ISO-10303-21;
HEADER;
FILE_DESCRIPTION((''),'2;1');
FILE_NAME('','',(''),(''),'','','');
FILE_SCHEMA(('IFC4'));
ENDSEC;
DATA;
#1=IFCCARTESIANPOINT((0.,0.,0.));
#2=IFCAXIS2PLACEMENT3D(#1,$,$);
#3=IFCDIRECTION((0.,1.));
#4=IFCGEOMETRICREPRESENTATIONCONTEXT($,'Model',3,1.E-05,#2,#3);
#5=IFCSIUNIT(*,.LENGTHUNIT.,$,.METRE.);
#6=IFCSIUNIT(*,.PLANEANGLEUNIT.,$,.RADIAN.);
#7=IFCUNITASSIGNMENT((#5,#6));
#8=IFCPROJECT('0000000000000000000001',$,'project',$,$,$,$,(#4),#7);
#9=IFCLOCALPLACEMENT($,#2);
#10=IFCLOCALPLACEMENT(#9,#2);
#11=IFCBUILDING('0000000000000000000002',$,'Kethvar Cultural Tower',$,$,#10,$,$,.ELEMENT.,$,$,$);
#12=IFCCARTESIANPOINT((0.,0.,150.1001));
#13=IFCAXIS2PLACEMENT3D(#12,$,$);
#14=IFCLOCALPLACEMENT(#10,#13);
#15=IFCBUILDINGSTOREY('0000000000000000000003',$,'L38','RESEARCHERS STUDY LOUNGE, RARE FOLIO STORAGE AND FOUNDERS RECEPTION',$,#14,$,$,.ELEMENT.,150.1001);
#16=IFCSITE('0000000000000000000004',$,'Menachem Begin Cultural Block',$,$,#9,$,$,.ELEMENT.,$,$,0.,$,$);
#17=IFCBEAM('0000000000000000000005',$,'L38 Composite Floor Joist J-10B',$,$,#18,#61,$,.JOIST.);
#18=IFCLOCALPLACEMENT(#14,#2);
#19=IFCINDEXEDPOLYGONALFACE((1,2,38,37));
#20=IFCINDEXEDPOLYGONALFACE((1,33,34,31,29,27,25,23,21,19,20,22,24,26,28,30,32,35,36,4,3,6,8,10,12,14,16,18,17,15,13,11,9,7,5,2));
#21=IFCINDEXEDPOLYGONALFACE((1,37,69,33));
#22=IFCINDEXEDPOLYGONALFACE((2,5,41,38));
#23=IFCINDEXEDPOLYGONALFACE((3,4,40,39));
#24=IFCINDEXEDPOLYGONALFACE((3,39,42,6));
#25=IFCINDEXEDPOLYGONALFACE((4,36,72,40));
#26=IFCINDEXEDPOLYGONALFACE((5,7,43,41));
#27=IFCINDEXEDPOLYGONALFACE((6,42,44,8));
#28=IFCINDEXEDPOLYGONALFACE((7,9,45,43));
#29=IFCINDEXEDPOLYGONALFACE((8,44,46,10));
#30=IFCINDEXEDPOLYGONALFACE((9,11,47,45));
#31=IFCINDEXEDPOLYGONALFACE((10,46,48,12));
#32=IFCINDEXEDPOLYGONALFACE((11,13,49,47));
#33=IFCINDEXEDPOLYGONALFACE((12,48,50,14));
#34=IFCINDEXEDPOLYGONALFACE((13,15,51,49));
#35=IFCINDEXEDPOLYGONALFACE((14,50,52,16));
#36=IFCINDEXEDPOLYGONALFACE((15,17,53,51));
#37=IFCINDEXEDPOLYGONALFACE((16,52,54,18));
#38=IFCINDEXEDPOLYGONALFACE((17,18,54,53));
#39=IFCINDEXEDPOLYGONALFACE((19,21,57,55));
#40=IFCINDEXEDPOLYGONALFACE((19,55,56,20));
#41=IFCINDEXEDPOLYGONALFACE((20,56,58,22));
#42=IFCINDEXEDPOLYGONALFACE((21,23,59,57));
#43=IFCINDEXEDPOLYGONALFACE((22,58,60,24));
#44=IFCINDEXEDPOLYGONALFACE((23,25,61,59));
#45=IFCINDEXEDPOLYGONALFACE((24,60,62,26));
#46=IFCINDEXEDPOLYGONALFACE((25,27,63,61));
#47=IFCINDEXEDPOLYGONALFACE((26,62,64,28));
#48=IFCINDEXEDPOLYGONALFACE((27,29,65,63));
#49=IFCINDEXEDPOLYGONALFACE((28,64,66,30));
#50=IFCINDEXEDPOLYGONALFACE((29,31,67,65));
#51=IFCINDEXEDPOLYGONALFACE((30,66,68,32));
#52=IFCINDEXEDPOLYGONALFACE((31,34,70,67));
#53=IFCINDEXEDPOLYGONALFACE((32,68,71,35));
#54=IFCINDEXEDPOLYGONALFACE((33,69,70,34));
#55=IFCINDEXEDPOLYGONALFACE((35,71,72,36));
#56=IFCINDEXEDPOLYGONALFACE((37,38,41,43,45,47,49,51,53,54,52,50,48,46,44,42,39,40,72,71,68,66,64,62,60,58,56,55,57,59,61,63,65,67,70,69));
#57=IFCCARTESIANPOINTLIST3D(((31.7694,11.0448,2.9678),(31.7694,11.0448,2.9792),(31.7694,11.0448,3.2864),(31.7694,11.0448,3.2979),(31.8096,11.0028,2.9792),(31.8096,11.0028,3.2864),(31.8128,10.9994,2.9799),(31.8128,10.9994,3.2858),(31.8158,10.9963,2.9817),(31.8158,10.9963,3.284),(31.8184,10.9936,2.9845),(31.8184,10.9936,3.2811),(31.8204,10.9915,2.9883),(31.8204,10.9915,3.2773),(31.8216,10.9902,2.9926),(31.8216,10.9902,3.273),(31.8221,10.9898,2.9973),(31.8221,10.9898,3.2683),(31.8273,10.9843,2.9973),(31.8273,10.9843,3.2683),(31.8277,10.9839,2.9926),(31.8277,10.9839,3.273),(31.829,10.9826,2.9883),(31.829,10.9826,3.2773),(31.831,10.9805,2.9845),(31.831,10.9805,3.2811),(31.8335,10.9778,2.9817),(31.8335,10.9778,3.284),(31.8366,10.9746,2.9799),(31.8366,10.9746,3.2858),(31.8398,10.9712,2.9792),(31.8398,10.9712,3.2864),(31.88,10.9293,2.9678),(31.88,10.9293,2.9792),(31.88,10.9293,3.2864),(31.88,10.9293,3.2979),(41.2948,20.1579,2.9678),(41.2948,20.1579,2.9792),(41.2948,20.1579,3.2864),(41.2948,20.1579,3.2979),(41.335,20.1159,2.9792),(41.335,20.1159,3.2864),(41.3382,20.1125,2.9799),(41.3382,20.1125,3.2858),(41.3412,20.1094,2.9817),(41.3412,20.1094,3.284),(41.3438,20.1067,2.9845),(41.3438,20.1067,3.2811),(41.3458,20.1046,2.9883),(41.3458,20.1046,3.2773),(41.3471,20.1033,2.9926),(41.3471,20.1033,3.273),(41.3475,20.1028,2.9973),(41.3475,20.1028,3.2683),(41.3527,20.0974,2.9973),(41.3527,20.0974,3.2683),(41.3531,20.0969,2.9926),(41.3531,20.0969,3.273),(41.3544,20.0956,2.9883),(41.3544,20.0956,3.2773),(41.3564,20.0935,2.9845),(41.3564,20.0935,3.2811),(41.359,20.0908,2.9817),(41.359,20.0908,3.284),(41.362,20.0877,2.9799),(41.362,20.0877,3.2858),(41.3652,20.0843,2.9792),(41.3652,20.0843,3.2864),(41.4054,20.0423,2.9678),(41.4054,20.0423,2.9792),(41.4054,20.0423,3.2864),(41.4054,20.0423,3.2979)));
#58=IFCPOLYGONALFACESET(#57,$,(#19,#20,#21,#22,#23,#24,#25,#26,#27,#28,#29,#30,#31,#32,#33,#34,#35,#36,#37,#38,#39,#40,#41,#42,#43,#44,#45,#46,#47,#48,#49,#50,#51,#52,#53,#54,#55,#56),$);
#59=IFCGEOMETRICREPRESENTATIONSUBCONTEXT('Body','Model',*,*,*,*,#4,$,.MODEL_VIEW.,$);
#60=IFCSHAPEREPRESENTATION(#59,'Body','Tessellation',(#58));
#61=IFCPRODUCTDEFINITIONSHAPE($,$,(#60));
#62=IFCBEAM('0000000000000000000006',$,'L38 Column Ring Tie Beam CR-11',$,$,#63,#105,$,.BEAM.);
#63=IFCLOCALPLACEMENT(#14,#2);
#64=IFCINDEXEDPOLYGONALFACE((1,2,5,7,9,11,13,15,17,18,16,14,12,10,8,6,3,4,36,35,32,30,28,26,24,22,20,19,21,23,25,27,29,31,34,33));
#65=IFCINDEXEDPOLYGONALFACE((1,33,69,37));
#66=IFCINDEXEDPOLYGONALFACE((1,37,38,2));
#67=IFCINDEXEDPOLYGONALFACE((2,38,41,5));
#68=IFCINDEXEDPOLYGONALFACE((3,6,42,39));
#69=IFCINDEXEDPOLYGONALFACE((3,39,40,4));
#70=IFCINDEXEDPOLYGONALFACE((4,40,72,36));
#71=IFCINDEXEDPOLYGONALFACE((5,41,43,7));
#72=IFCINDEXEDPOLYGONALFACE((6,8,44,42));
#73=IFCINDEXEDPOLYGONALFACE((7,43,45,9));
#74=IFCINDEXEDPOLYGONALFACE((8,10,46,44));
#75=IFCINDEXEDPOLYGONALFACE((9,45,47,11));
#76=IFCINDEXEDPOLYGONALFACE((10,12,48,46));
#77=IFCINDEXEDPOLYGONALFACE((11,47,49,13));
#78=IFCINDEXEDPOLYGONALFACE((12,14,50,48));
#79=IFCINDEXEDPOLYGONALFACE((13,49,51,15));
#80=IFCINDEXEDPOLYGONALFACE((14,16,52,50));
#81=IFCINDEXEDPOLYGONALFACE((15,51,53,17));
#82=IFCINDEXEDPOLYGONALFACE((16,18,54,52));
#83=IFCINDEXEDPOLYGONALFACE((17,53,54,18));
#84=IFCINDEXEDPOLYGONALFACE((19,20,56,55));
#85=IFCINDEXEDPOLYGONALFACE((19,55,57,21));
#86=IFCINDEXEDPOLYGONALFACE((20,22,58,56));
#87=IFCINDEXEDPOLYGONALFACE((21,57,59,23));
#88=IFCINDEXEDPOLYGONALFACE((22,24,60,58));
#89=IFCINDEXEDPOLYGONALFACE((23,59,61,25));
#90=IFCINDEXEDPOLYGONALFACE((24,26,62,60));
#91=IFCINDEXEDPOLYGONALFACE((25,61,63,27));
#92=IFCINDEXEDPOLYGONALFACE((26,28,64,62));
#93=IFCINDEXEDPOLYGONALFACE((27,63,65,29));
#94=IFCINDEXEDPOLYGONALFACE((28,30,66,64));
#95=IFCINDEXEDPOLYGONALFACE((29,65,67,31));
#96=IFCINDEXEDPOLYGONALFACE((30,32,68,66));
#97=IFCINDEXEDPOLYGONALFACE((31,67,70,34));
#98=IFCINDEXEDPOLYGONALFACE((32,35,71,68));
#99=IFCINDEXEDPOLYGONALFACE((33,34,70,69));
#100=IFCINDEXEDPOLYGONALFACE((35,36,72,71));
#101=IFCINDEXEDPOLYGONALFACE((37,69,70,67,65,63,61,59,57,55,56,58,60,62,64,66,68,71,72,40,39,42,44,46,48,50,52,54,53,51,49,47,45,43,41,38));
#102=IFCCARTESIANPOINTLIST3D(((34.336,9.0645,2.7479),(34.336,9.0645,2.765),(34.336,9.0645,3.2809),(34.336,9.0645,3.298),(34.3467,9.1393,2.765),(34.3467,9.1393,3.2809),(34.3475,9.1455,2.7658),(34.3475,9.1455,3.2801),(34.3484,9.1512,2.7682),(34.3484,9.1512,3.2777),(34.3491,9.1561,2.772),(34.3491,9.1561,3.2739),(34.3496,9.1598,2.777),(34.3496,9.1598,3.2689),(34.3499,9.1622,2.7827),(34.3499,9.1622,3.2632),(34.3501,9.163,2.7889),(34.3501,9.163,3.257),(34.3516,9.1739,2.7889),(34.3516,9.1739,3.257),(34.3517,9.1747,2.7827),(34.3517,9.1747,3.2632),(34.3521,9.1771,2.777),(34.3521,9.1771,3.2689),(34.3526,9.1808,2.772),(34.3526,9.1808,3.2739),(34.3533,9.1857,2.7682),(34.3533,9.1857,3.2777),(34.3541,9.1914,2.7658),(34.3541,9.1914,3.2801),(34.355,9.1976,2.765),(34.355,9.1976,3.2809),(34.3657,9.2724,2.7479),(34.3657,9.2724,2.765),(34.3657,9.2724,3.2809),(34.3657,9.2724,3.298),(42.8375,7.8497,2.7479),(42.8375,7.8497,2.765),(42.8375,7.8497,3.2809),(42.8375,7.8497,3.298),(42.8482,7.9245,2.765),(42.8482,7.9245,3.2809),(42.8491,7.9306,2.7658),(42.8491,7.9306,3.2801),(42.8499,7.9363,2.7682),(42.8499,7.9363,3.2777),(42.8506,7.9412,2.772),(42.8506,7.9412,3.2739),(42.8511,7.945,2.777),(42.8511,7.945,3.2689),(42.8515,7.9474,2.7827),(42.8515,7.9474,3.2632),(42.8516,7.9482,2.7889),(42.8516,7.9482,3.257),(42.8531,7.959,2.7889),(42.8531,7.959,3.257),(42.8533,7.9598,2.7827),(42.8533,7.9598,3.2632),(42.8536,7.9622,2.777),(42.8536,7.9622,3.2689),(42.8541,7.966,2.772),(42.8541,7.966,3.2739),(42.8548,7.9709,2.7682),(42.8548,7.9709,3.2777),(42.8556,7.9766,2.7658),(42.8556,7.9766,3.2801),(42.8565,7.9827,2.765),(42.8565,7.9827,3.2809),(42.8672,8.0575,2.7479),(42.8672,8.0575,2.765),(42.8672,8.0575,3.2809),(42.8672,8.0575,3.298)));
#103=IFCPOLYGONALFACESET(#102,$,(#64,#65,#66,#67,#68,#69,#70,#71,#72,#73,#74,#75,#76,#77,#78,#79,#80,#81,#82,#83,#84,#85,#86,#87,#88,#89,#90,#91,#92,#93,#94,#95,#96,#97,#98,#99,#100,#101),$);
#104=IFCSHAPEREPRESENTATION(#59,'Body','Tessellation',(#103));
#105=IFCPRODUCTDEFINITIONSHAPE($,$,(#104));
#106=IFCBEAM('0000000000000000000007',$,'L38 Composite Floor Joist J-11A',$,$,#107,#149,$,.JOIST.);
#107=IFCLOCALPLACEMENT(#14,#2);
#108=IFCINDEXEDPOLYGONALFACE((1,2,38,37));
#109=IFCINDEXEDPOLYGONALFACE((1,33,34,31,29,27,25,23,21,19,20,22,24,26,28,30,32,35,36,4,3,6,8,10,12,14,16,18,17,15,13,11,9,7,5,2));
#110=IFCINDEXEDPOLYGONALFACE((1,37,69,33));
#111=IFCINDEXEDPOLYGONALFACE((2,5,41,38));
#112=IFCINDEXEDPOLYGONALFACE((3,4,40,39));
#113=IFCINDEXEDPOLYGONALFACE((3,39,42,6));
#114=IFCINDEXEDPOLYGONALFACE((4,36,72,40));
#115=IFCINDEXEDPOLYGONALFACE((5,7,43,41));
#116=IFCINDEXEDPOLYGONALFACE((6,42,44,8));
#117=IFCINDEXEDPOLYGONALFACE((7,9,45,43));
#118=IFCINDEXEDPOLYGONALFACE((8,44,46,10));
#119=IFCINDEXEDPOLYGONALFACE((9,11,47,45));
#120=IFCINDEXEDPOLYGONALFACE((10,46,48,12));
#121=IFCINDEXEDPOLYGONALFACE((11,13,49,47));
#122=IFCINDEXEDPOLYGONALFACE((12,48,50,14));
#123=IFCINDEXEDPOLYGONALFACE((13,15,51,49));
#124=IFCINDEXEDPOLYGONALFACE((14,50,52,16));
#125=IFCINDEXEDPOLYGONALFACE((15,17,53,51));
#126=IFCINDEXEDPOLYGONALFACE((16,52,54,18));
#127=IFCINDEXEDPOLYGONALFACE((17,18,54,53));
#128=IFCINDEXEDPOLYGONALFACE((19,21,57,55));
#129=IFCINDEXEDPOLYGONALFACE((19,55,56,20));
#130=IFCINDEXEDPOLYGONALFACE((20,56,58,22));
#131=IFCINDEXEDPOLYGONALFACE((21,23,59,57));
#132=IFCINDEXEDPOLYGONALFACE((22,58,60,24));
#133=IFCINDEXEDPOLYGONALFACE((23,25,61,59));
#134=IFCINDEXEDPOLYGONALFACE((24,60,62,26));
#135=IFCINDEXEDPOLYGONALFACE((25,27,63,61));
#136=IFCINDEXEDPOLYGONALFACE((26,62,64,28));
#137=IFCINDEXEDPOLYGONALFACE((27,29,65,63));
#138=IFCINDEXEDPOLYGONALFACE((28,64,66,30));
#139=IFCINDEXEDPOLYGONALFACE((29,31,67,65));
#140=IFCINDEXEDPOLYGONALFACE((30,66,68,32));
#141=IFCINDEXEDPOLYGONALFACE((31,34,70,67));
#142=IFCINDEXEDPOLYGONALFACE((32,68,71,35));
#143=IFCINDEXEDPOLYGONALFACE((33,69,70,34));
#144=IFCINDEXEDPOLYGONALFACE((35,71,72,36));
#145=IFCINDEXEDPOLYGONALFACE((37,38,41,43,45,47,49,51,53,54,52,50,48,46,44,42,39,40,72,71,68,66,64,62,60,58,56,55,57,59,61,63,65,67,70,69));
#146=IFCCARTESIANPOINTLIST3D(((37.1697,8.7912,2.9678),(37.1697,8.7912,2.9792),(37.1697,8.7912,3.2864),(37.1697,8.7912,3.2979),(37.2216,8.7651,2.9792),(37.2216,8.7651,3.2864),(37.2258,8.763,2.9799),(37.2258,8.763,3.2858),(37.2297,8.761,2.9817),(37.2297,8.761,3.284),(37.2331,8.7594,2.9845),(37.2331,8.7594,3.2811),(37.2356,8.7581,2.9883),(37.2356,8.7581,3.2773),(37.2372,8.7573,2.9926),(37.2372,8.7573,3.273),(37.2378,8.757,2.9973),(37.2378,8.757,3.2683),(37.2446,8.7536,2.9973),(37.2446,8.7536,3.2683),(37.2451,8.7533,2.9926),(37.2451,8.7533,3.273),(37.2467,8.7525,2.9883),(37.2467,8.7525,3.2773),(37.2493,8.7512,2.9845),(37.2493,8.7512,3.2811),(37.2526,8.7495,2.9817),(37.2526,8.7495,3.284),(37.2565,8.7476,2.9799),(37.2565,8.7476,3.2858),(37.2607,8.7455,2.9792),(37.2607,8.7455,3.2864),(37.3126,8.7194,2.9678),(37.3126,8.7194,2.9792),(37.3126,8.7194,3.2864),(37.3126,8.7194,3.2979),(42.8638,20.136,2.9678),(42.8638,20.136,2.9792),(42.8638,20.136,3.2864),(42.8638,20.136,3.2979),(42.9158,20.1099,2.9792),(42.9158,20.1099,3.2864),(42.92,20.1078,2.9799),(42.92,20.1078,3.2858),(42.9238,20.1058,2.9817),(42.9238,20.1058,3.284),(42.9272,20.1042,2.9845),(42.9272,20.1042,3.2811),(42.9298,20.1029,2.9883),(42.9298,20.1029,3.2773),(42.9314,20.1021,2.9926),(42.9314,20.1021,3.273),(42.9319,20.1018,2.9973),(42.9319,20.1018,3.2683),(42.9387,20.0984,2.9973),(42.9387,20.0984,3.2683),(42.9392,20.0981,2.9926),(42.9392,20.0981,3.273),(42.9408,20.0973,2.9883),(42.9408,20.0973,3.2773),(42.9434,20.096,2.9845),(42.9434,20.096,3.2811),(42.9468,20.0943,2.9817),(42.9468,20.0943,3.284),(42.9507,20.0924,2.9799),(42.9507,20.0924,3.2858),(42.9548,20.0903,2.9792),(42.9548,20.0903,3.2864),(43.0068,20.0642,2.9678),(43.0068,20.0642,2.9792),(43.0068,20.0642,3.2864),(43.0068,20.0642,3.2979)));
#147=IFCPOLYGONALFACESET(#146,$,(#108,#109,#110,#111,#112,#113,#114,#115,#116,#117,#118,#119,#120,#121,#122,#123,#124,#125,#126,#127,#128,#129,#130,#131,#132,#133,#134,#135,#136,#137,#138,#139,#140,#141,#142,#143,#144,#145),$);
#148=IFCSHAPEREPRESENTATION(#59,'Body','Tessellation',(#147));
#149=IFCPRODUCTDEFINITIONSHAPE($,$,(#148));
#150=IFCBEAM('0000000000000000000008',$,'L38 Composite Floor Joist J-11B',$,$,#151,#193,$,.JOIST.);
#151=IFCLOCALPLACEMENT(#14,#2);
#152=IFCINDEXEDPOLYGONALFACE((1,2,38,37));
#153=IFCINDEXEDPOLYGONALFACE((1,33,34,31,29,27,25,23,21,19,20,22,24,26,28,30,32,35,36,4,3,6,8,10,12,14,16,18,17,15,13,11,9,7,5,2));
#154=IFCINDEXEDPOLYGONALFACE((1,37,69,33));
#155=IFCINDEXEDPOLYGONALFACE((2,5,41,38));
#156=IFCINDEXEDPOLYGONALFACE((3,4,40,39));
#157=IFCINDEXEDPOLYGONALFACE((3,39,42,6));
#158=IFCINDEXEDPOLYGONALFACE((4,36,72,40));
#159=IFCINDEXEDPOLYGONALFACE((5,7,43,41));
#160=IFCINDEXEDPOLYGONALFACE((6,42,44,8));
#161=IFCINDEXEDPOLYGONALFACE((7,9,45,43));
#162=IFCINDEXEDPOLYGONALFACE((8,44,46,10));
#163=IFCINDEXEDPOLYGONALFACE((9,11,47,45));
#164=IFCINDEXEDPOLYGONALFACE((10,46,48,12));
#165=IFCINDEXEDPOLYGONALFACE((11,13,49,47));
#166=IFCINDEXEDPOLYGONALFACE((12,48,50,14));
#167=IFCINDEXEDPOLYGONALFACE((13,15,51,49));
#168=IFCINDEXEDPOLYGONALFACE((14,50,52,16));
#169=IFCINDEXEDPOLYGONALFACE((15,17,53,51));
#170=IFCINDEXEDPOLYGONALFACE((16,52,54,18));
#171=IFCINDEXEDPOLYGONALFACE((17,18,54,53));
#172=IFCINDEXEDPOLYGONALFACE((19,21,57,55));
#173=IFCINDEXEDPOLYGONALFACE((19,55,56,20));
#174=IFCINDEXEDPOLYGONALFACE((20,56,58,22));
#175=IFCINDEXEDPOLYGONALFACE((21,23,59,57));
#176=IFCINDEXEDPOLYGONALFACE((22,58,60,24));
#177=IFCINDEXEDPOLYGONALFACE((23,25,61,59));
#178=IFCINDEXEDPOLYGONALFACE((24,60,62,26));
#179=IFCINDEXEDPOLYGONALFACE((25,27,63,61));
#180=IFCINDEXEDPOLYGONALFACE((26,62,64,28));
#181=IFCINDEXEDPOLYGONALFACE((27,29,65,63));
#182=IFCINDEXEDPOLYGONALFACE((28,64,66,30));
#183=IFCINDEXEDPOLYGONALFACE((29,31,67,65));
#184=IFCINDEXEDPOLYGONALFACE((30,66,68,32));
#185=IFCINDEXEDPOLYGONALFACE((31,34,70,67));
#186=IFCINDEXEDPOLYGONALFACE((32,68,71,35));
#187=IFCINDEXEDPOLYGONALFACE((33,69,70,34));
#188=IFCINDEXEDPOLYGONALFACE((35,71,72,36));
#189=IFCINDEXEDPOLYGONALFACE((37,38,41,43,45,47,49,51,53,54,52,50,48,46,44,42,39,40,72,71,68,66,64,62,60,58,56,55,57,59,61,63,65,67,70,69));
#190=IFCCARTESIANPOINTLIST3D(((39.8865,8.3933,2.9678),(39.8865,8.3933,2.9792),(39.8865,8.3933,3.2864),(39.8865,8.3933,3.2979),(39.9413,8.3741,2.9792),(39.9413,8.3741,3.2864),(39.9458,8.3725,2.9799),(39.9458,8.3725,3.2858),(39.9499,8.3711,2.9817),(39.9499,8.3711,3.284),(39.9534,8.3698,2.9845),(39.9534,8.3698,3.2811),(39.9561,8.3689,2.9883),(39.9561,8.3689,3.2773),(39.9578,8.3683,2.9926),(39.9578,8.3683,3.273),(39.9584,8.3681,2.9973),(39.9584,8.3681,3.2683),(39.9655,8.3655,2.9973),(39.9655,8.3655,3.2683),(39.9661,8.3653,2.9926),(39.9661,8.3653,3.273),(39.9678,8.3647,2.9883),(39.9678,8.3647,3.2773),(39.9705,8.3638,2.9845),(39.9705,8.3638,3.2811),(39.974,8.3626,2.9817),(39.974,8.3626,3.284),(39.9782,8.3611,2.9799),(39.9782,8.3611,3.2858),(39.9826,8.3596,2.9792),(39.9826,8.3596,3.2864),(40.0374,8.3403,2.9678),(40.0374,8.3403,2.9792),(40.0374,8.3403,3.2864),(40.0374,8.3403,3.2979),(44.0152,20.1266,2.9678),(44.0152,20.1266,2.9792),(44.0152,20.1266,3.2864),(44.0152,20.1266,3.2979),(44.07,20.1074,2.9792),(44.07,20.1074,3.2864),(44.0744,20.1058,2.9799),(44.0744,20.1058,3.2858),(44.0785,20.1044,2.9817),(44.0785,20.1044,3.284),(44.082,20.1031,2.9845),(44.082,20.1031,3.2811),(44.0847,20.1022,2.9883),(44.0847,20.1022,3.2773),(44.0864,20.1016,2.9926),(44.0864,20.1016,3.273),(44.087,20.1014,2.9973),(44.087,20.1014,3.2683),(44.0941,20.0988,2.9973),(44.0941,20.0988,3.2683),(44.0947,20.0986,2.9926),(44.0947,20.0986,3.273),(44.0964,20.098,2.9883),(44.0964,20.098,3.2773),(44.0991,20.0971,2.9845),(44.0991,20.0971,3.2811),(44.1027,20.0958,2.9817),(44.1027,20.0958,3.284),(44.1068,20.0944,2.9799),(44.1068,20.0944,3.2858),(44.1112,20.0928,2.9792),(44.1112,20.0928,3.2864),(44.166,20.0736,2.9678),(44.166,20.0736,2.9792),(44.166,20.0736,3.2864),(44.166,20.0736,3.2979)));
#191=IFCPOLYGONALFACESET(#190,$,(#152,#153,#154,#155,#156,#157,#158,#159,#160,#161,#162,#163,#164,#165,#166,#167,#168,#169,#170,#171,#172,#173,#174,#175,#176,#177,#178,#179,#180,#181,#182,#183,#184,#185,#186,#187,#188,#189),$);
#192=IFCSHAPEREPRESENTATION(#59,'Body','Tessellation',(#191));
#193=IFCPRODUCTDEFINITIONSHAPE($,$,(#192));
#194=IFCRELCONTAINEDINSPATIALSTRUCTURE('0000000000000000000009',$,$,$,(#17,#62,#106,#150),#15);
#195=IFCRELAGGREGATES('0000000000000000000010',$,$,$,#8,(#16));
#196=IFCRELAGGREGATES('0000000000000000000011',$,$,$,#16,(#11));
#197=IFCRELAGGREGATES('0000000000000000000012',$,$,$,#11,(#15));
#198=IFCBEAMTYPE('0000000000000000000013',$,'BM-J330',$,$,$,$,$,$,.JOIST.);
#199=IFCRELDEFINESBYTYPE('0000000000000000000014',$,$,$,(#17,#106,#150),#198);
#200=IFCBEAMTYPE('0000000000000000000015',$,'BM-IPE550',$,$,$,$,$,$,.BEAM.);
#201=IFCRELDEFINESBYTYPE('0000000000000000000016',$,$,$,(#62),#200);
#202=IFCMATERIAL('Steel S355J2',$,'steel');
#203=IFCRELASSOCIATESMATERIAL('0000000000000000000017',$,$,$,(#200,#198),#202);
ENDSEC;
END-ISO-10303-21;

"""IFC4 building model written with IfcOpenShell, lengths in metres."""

from ifc_helpers import new_model, si_unit, direction, frame, origin, origin_2d, place, context, subcontext, project, spatial, i_section, extrude, source, transform, mapped, material, material_profile, profile_set, type_object, element, save


model = new_model("IFC4")

# Units and contexts
model_context = context("Model", 3, precision=1e-05, world=origin(), true_north=direction((0.0, 1.0)))
body_context = subcontext(model_context, "Body", "Model", "MODEL_VIEW")
ifc_project = project(units=[si_unit("LENGTHUNIT", "METRE"), si_unit("PLANEANGLEUNIT", "RADIAN")], contexts=[model_context])

# Site, building, storey
site_placement = place(None, origin())
site = spatial("IfcSite", under=ifc_project, at=site_placement, Name="Menachem Begin Cultural Block", CompositionType="ELEMENT", RefElevation=0.0)
building_placement = place(site_placement, origin())
building = spatial("IfcBuilding", under=site, at=building_placement, Name="Kethvar Cultural Tower", CompositionType="ELEMENT")
storey_placement = place(building_placement, frame((0.0, 0.0, 150.1001)))
storey = spatial("IfcBuildingStorey", under=building, at=storey_placement, Name="L38", Description="RESEARCHERS STUDY LOUNGE, RARE FOLIO STORAGE AND FOUNDERS RECEPTION", CompositionType="ELEMENT", Elevation=150.1001)

# Beams
ifc_material_1 = material(Name="Steel S355J2", Category="steel")
ifc_material_profile_1 = material_profile(ifc_material_1, i_section(OverallWidth=0.21, OverallDepth=0.55, WebThickness=0.011, FlangeThickness=0.0171, FilletRadius=0.0239, at=origin_2d()), Name="Steel S355J2 — IPE550")
ifc_profile_set_1 = profile_set([ifc_material_profile_1], Name="Steel S355J2 — IPE550")
beam_type_1 = type_object("IfcBeamType", Name="BM-IPE550", PredefinedType="BEAM", material=ifc_profile_set_1)
ifc_material_profile_2 = material_profile(ifc_material_1, i_section(OverallWidth=0.1599, OverallDepth=0.3301, WebThickness=0.0076, FlangeThickness=0.0115, FilletRadius=0.0181, at=origin_2d()), Name="Steel S355J2 — IPE330")
ifc_profile_set_2 = profile_set([ifc_material_profile_2], Name="Steel S355J2 — IPE330")
beam_type_2 = type_object("IfcBeamType", Name="BM-J330", PredefinedType="JOIST", material=ifc_profile_set_2)
shared_shape_1 = source(origin(), body_context, "Body", "SweptSolid", [
    extrude(i_section(OverallWidth=0.1599, OverallDepth=0.3301, WebThickness=0.0076, FlangeThickness=0.0115, FilletRadius=0.0181, at=origin_2d()), origin(), (0.0, 0.0, 1.0), 13.1826),
])
beam_1_placement = place(storey_placement, frame((41.3501, 20.1001, 3.1328), z_axis=(-0.722574, -0.691294, 0.0), x_axis=(0.691294, -0.722574, 0.0)))
element("IfcBeam", 1, at=beam_1_placement, inside=storey, type_object=beam_type_2, Name="L38 Composite Floor Joist J-10B", PredefinedType="JOIST", context=body_context, shape_type="MappedRepresentation", body=[
    mapped(shared_shape_1, transform((0.0, 0.0, 0.0), scale=1.0)),
])
shared_shape_2 = source(origin(), body_context, "Body", "SweptSolid", [
    extrude(i_section(OverallWidth=0.21, OverallDepth=0.55, WebThickness=0.011, FlangeThickness=0.0171, FilletRadius=0.0239, at=origin_2d()), origin(), (0.0, 0.0, 1.0), 8.5879),
])
beam_2_placement = place(storey_placement, frame((34.3508, 9.1685, 3.0229), z_axis=(0.989944, -0.141461, 0.0), x_axis=(0.141461, 0.989944, 0.0)))
element("IfcBeam", 2, at=beam_2_placement, inside=storey, type_object=beam_type_1, Name="L38 Column Ring Tie Beam CR-11", PredefinedType="BEAM", context=body_context, shape_type="MappedRepresentation", body=[
    mapped(shared_shape_2, transform((0.0, 0.0, 0.0), scale=1.0)),
])
shared_shape_3 = source(origin(), body_context, "Body", "SweptSolid", [
    extrude(i_section(OverallWidth=0.1599, OverallDepth=0.3301, WebThickness=0.0076, FlangeThickness=0.0115, FilletRadius=0.0181, at=origin_2d()), origin(), (0.0, 0.0, 1.0), 12.6936),
])
beam_3_placement = place(storey_placement, frame((42.9353, 20.1001, 3.1328), z_axis=(-0.448582, -0.893741, 0.0), x_axis=(0.893741, -0.448582, 0.0)))
element("IfcBeam", 3, at=beam_3_placement, inside=storey, type_object=beam_type_2, Name="L38 Composite Floor Joist J-11A", PredefinedType="JOIST", context=body_context, shape_type="MappedRepresentation", body=[
    mapped(shared_shape_3, transform((0.0, 0.0, 0.0), scale=1.0)),
])
shared_shape_4 = source(origin(), body_context, "Body", "SweptSolid", [
    extrude(i_section(OverallWidth=0.1599, OverallDepth=0.3301, WebThickness=0.0076, FlangeThickness=0.0115, FilletRadius=0.0181, at=origin_2d()), origin(), (0.0, 0.0, 1.0), 12.4385),
])
beam_4_placement = place(storey_placement, frame((44.0906, 20.1001, 3.1328), z_axis=(-0.331924, -0.943306, 0.0), x_axis=(0.943306, -0.331924, 0.0)))
element("IfcBeam", 4, at=beam_4_placement, inside=storey, type_object=beam_type_2, Name="L38 Composite Floor Joist J-11B", PredefinedType="JOIST", context=body_context, shape_type="MappedRepresentation", body=[
    mapped(shared_shape_4, transform((0.0, 0.0, 0.0), scale=1.0)),
])

save(model, "model.ifc")
